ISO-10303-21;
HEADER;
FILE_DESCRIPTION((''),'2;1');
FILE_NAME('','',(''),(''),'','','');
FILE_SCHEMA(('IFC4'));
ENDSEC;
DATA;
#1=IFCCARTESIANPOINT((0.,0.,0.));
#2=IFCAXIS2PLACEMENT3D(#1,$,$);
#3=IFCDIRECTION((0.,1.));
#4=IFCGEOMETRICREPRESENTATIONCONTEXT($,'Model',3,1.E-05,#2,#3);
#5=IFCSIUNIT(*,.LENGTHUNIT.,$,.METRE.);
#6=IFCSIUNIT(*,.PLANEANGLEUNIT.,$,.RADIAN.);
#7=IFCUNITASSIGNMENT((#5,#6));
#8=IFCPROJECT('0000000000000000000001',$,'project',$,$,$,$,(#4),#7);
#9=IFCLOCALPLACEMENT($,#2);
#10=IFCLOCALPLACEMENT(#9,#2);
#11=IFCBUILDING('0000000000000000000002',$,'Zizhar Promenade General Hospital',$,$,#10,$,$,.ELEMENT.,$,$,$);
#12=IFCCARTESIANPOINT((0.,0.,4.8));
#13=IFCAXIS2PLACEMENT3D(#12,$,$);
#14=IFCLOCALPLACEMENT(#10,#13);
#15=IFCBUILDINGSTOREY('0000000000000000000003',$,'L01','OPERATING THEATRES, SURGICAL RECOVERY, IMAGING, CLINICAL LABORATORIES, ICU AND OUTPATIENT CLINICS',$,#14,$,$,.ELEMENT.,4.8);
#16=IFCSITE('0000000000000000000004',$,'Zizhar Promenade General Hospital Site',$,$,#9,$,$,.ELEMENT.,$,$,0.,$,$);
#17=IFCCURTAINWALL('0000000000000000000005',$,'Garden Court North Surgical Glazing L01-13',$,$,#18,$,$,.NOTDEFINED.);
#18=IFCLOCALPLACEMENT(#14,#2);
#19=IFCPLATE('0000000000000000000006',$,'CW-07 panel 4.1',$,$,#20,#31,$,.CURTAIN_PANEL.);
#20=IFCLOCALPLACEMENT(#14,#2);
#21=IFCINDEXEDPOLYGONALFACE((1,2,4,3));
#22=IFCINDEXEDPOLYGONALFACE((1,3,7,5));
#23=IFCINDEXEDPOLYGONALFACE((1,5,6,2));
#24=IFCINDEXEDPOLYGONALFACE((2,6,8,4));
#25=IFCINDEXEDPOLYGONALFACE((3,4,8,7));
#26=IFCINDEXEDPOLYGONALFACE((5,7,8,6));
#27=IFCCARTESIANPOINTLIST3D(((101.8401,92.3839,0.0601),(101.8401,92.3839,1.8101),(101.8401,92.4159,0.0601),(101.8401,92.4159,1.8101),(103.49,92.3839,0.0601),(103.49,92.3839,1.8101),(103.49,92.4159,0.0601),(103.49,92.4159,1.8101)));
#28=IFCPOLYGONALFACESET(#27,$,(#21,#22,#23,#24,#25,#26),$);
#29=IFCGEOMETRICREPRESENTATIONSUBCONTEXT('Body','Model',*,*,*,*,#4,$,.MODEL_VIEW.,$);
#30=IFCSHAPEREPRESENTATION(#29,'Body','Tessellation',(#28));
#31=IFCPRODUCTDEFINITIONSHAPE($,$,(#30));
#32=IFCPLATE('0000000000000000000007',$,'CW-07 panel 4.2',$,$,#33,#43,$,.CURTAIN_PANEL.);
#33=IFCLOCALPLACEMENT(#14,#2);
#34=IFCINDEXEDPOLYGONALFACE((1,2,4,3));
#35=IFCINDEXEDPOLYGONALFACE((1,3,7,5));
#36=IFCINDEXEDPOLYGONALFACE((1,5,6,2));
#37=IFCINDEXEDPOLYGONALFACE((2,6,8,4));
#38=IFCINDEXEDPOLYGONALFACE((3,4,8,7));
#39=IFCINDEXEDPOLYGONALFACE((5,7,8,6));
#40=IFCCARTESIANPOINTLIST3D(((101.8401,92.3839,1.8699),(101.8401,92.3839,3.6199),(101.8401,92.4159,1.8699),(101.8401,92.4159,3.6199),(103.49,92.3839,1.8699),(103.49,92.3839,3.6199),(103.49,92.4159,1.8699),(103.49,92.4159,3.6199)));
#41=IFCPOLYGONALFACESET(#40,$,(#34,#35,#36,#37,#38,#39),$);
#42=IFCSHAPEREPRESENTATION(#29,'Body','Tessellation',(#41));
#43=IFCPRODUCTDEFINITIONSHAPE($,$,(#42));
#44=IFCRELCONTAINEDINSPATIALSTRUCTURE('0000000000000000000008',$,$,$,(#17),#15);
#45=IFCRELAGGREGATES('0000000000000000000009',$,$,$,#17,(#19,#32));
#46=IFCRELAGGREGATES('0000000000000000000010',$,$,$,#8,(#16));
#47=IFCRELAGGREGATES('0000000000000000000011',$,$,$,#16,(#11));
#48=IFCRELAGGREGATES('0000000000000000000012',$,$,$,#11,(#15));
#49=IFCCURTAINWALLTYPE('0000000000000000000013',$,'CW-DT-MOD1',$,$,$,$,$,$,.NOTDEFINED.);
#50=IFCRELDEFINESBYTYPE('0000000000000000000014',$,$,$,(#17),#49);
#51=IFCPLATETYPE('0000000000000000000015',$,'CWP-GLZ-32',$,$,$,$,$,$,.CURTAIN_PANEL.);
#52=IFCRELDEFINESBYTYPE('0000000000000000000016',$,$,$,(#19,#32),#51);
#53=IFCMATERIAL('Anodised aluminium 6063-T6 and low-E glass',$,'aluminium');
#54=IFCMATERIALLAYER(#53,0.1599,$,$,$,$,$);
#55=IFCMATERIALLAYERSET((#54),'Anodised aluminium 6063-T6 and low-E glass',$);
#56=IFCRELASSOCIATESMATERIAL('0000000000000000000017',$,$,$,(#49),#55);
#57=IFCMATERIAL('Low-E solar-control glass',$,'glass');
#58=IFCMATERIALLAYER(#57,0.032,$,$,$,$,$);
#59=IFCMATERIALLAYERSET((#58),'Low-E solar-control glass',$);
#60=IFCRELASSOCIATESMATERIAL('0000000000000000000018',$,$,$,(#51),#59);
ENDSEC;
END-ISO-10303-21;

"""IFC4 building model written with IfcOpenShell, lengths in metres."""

from ifc_helpers import new_model, si_unit, direction, frame, origin, origin_2d, place, context, subcontext, project, spatial, rectangle, extrude, material, layer, layer_set, type_object, element, aggregate, save


model = new_model("IFC4")

# Units and contexts
model_context = context("Model", 3, precision=1e-05, world=origin(), true_north=direction((0.0, 1.0)))
body_context = subcontext(model_context, "Body", "Model", "MODEL_VIEW")
ifc_project = project(units=[si_unit("LENGTHUNIT", "METRE"), si_unit("PLANEANGLEUNIT", "RADIAN")], contexts=[model_context])

# Site, building, storey
site_placement = place(None, origin())
site = spatial("IfcSite", under=ifc_project, at=site_placement, Name="Zizhar Promenade General Hospital Site", CompositionType="ELEMENT", RefElevation=0.0)
building_placement = place(site_placement, origin())
building = spatial("IfcBuilding", under=site, at=building_placement, Name="Zizhar Promenade General Hospital", CompositionType="ELEMENT")
storey_placement = place(building_placement, frame((0.0, 0.0, 4.8)))
storey = spatial("IfcBuildingStorey", under=building, at=storey_placement, Name="L01", Description="OPERATING THEATRES, SURGICAL RECOVERY, IMAGING, CLINICAL LABORATORIES, ICU AND OUTPATIENT CLINICS", CompositionType="ELEMENT", Elevation=4.8)

# Shared definitions
ifc_material_1 = material(Name="Anodised aluminium 6063-T6 and low-E glass", Category="aluminium")
ifc_layer_1 = layer(ifc_material_1, 0.1599)
ifc_layer_set_1 = layer_set([ifc_layer_1], Name="Anodised aluminium 6063-T6 and low-E glass")
curtain_wall_type = type_object("IfcCurtainWallType", Name="CW-DT-MOD1", PredefinedType="NOTDEFINED", material=ifc_layer_set_1)

# Curtain wall
curtain_wall_1_placement = place(storey_placement, origin())
curtain_wall_1 = element("IfcCurtainWall", 1, at=curtain_wall_1_placement, inside=storey, type_object=curtain_wall_type, Name="Garden Court North Surgical Glazing L01-13", PredefinedType="NOTDEFINED")

# Plates
ifc_material_2 = material(Name="Low-E solar-control glass", Category="glass")
ifc_layer_2 = layer(ifc_material_2, 0.032)
ifc_layer_set_2 = layer_set([ifc_layer_2], Name="Low-E solar-control glass")
plate_type = type_object("IfcPlateType", Name="CWP-GLZ-32", PredefinedType="CURTAIN_PANEL", material=ifc_layer_set_2)
plate_1_placement = place(storey_placement, frame((102.665, 92.3999, 0.0601), z_axis=(0.0, 0.0, 1.0), x_axis=(-1.0, 0.0, 0.0)))
plate_1 = element("IfcPlate", 2, at=plate_1_placement, type_object=plate_type, Name="CW-07 panel 4.1", PredefinedType="CURTAIN_PANEL", context=body_context, shape_type="SweptSolid", body=[
    extrude(rectangle(XDim=1.6499, YDim=0.032, at=origin_2d()), origin(), (0.0, 0.0, 1.0), 1.75),
])
plate_2_placement = place(storey_placement, frame((102.665, 92.3999, 1.8699), z_axis=(0.0, 0.0, 1.0), x_axis=(-1.0, 0.0, 0.0)))
plate_2 = element("IfcPlate", 3, at=plate_2_placement, type_object=plate_type, Name="CW-07 panel 4.2", PredefinedType="CURTAIN_PANEL", context=body_context, shape_type="SweptSolid", body=[
    extrude(rectangle(XDim=1.6499, YDim=0.032, at=origin_2d()), origin(), (0.0, 0.0, 1.0), 1.75),
])
aggregate(curtain_wall_1, [plate_1, plate_2])

save(model, "model.ifc")
